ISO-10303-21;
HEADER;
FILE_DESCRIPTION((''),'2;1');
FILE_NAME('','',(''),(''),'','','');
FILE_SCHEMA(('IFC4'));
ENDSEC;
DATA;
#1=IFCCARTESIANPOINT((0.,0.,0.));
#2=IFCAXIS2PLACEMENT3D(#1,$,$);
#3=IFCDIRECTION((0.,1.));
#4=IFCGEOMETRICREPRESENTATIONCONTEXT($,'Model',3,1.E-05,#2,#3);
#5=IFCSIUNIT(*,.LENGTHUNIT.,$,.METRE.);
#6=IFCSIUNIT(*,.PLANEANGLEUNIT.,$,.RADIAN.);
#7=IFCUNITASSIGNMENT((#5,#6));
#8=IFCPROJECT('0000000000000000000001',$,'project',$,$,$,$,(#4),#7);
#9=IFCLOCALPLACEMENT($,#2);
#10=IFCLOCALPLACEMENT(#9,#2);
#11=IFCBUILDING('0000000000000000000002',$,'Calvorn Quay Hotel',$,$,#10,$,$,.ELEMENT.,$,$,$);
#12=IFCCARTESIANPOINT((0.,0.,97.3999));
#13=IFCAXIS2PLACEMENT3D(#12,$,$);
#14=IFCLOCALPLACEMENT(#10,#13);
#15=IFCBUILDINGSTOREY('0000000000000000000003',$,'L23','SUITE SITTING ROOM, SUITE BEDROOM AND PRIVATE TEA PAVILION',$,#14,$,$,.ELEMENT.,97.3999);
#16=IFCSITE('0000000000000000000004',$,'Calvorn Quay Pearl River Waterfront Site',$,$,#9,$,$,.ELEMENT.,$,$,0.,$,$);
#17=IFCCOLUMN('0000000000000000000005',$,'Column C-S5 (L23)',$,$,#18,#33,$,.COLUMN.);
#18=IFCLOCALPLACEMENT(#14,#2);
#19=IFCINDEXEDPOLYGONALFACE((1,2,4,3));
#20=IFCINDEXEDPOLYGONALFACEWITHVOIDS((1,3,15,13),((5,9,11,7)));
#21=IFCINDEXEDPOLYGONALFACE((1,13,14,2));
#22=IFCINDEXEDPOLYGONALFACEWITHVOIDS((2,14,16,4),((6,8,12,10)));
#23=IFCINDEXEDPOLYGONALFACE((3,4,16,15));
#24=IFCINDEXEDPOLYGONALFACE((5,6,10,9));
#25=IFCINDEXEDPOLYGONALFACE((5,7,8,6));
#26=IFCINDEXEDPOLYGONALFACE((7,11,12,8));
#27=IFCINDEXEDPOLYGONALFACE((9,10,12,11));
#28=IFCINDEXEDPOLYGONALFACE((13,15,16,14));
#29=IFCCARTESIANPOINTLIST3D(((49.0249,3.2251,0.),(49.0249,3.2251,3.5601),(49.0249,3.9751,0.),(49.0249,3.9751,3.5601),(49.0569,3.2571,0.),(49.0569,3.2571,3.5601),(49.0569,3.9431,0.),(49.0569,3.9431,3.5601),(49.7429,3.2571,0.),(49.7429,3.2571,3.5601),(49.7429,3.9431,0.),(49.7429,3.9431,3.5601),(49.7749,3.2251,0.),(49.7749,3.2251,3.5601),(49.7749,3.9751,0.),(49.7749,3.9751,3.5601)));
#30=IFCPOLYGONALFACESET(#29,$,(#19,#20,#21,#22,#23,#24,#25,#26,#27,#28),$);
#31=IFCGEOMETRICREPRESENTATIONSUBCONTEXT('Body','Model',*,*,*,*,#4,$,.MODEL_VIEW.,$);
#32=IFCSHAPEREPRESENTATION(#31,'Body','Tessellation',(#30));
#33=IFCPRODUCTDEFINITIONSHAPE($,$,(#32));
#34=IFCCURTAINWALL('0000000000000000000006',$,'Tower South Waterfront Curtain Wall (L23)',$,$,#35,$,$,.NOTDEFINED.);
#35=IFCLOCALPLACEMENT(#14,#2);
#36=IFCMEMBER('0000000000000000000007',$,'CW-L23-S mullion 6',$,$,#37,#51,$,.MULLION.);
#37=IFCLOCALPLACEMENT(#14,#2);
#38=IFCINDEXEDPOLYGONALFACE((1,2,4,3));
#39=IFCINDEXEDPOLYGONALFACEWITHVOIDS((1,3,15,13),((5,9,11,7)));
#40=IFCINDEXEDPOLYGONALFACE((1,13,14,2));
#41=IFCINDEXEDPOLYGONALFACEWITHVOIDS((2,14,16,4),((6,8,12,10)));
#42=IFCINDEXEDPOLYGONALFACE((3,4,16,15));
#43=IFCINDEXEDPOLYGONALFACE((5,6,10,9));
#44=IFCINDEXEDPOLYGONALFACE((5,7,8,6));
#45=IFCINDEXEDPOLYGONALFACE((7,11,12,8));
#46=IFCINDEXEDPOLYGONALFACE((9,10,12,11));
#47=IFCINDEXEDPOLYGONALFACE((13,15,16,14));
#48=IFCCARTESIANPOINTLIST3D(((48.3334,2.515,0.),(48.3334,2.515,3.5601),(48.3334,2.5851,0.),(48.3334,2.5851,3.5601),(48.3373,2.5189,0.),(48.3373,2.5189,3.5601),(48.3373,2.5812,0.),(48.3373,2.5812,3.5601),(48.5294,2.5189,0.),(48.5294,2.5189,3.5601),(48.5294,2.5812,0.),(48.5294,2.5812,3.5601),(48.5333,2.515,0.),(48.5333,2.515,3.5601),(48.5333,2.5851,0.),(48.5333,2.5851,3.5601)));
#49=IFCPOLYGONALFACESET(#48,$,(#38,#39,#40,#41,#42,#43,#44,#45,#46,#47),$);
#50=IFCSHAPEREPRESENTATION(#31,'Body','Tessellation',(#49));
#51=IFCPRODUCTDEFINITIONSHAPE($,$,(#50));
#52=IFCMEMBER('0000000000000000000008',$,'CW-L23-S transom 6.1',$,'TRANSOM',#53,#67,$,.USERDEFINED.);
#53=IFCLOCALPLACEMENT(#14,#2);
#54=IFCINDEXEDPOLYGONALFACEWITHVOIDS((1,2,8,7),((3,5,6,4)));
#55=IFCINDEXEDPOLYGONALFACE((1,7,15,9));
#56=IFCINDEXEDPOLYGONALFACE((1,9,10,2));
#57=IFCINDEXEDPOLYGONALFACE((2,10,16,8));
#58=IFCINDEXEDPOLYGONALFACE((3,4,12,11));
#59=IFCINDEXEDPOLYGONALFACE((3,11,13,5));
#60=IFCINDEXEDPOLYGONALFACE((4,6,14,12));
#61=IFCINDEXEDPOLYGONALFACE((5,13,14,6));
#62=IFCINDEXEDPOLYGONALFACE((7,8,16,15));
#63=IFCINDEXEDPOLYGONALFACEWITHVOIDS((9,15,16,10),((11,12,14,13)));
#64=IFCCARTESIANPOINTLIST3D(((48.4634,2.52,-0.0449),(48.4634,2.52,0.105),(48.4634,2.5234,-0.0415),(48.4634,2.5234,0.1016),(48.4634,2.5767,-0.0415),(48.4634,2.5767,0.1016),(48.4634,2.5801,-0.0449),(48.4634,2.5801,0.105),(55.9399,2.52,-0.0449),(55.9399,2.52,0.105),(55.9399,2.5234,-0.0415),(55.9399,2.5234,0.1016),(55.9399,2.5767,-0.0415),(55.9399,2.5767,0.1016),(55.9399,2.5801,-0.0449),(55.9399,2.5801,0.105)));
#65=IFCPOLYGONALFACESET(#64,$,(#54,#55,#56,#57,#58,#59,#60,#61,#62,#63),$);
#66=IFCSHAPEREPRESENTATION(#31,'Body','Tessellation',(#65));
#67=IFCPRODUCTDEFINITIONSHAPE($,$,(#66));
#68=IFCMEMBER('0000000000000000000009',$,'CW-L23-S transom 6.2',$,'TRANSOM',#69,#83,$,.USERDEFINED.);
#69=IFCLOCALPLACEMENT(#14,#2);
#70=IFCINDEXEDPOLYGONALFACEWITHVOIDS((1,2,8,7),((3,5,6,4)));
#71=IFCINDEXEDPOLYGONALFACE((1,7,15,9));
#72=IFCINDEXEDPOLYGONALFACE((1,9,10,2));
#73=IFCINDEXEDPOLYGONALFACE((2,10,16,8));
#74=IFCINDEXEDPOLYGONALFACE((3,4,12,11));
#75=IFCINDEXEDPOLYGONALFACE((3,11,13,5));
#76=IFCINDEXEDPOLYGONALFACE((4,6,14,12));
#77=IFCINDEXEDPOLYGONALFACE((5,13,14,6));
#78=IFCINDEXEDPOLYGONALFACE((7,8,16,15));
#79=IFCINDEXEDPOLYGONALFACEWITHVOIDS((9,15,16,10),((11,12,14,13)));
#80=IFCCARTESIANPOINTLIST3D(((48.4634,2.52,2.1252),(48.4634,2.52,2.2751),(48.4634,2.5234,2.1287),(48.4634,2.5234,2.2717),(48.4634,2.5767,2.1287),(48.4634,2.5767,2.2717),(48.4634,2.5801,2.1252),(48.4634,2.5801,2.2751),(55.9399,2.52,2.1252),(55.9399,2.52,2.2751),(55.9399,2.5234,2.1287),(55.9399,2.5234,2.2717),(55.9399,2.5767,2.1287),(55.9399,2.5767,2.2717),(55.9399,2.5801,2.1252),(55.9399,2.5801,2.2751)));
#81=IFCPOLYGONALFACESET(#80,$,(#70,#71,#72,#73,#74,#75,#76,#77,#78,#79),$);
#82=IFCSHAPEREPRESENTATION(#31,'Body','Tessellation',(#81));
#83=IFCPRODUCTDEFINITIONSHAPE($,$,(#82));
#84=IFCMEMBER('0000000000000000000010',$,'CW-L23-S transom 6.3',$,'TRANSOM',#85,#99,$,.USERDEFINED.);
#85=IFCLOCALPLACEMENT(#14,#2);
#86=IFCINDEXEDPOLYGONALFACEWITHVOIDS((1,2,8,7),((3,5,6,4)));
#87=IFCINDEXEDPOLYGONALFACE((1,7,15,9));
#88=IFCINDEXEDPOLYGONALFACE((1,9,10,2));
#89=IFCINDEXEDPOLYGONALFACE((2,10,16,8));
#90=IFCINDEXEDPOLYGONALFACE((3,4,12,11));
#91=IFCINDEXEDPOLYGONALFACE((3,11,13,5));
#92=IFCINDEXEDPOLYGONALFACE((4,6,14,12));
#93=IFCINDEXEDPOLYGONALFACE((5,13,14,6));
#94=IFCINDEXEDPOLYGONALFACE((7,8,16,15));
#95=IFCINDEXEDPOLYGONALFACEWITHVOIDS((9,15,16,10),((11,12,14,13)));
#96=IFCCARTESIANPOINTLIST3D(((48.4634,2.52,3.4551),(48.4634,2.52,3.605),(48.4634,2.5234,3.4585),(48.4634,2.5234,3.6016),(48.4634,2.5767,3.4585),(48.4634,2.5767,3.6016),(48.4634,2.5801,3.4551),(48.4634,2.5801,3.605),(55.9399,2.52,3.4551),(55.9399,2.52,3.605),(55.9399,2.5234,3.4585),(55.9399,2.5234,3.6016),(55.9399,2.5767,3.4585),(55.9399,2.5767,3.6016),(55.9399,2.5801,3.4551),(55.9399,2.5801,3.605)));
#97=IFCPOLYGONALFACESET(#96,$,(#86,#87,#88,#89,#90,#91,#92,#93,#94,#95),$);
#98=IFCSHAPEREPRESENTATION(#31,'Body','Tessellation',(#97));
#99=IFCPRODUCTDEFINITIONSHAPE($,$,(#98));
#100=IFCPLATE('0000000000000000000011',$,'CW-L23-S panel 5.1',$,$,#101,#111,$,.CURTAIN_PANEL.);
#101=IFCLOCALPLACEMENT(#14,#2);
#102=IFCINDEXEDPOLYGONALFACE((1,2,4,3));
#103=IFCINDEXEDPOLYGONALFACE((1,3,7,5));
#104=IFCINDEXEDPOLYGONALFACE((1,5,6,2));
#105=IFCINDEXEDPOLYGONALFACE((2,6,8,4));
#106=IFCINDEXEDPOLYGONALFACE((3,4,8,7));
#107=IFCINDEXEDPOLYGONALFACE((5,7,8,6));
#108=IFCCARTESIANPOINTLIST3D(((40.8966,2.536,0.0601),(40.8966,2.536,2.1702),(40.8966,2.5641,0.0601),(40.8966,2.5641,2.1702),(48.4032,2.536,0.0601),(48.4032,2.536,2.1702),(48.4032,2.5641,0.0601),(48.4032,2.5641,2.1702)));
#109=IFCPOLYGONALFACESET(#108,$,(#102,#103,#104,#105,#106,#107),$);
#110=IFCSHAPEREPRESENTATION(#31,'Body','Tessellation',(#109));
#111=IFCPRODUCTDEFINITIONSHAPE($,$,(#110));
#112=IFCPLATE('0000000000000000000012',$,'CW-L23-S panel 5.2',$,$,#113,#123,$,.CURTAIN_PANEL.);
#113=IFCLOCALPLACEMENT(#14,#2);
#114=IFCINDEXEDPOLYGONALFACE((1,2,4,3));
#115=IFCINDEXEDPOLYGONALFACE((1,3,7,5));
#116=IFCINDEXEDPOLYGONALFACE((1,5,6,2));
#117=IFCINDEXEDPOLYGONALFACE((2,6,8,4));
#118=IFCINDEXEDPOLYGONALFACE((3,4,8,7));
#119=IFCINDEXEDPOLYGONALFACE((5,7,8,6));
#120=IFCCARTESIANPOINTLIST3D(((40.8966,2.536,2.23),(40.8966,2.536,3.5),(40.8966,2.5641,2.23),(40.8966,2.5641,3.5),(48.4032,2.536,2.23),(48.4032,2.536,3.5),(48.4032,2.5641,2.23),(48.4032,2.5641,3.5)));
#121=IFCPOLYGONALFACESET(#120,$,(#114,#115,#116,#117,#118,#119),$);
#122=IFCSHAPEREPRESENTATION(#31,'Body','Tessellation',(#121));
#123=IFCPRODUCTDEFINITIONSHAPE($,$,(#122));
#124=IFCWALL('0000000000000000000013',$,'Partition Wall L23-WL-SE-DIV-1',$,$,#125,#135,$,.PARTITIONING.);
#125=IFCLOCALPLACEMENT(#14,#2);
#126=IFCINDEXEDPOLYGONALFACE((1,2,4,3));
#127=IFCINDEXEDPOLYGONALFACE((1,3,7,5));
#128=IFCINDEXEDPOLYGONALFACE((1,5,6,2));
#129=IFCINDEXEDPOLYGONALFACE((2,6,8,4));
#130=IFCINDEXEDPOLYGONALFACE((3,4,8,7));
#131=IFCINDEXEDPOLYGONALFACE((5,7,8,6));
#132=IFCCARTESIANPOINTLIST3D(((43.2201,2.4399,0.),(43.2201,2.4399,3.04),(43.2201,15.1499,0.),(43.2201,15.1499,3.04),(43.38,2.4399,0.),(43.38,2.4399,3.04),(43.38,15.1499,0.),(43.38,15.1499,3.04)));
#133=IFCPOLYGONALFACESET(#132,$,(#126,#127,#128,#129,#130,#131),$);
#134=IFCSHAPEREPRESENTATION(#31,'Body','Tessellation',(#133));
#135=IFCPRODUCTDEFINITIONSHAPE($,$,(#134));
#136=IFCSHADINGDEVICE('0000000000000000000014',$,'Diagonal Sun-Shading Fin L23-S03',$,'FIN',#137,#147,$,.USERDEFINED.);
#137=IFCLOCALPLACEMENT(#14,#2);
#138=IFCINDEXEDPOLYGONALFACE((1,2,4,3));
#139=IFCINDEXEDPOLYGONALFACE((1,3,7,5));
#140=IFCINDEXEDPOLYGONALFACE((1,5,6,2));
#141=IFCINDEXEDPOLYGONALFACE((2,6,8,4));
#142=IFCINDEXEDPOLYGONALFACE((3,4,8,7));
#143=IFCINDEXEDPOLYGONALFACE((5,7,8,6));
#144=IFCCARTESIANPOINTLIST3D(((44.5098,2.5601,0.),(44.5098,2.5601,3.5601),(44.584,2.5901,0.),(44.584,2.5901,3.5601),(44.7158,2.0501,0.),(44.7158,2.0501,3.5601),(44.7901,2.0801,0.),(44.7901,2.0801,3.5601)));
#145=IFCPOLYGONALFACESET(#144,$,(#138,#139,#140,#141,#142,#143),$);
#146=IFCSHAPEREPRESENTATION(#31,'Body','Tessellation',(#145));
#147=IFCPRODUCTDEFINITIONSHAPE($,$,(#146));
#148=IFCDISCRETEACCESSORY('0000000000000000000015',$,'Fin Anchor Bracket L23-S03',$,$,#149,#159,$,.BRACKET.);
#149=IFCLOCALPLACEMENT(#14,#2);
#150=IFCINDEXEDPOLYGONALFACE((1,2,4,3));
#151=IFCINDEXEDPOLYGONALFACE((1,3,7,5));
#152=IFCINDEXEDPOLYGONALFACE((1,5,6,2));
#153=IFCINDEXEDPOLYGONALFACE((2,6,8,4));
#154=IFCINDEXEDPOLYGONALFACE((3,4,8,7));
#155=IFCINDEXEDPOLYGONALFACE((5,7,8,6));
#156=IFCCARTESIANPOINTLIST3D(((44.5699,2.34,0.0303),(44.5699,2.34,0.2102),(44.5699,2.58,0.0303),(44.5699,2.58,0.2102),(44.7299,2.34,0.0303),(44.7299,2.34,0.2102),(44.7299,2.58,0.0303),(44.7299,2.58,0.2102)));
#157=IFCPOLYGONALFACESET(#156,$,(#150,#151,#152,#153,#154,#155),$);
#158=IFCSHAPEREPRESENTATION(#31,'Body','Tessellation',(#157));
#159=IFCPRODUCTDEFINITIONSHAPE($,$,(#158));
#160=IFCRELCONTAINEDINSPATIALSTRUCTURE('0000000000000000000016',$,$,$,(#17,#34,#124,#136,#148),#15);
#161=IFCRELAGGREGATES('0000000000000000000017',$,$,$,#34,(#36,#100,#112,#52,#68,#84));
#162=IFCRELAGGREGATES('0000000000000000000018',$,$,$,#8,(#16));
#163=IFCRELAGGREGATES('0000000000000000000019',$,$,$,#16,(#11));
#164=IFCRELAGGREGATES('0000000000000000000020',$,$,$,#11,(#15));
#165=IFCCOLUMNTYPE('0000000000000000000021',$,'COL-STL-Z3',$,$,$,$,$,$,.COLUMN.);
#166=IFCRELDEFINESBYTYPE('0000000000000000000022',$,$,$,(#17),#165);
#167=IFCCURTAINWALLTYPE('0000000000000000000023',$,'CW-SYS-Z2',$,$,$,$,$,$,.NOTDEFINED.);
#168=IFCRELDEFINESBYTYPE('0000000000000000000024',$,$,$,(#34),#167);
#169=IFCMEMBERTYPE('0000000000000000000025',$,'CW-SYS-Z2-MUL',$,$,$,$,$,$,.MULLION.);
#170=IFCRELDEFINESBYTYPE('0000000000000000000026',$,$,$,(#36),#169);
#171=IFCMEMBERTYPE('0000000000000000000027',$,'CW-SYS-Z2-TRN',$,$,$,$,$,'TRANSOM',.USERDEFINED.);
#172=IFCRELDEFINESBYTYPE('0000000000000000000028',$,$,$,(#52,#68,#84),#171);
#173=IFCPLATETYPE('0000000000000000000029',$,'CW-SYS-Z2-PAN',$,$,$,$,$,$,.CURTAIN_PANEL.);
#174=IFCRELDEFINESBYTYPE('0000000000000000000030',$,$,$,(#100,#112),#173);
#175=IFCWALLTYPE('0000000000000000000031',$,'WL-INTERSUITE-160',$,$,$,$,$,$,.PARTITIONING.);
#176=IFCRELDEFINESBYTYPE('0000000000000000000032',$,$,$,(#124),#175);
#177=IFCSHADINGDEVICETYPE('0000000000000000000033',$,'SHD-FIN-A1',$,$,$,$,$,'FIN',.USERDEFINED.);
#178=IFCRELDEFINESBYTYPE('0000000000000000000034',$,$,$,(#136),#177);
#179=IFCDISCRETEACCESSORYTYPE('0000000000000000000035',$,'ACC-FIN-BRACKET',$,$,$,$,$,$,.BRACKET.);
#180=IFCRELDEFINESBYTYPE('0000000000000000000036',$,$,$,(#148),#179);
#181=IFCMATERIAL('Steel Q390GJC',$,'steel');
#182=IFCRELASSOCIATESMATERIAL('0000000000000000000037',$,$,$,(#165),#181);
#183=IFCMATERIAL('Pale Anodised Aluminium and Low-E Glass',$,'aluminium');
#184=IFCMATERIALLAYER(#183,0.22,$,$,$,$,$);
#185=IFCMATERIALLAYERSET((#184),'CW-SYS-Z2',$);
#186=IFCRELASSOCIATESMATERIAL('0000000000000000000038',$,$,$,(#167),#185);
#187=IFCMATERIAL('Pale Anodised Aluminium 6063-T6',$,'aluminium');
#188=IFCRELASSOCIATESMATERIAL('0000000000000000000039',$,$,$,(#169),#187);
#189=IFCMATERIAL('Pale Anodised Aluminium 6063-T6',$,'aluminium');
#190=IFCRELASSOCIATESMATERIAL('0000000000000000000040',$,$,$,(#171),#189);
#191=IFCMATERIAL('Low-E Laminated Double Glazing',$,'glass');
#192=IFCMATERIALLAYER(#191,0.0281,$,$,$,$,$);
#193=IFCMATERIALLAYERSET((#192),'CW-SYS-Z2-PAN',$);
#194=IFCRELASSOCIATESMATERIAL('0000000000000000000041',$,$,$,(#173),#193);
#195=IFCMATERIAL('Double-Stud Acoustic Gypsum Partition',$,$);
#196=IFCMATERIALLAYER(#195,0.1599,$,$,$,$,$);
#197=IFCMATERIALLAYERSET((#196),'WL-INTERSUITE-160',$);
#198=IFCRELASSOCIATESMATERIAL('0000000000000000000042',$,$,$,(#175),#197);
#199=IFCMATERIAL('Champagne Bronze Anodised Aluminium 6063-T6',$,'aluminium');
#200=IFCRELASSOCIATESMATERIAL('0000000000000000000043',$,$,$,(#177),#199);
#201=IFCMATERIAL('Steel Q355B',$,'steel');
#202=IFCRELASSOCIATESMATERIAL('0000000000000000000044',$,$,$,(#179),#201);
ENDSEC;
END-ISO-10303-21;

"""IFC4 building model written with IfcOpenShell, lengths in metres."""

from ifc_helpers import new_model, si_unit, direction, frame, frame_2d, origin, origin_2d, place, context, subcontext, project, spatial, rectangle, hollow_rectangle, extrude, material, layer, layer_set, material_profile, profile_set, type_object, element, aggregate, save


model = new_model("IFC4")

# Units and contexts
model_context = context("Model", 3, precision=1e-05, world=origin(), true_north=direction((0.0, 1.0)))
body_context = subcontext(model_context, "Body", "Model", "MODEL_VIEW")
ifc_project = project(units=[si_unit("LENGTHUNIT", "METRE"), si_unit("PLANEANGLEUNIT", "RADIAN")], contexts=[model_context])

# Site, building, storey
site_placement = place(None, origin())
site = spatial("IfcSite", under=ifc_project, at=site_placement, Name="Calvorn Quay Pearl River Waterfront Site", CompositionType="ELEMENT", RefElevation=0.0)
building_placement = place(site_placement, origin())
building = spatial("IfcBuilding", under=site, at=building_placement, Name="Calvorn Quay Hotel", CompositionType="ELEMENT")
storey_placement = place(building_placement, frame((0.0, 0.0, 97.3999)))
storey = spatial("IfcBuildingStorey", under=building, at=storey_placement, Name="L23", Description="SUITE SITTING ROOM, SUITE BEDROOM AND PRIVATE TEA PAVILION", CompositionType="ELEMENT", Elevation=97.3999)

# Column
ifc_material_1 = material(Name="Steel Q390GJC", Category="steel")
ifc_material_profile_1 = material_profile(ifc_material_1, hollow_rectangle(XDim=0.75, YDim=0.75, WallThickness=0.032, at=origin_2d()), Name="BOX750x750x32")
ifc_profile_set_1 = profile_set([ifc_material_profile_1], Name="Steel Q390GJC")
column_type = type_object("IfcColumnType", Name="COL-STL-Z3", PredefinedType="COLUMN", material=ifc_profile_set_1)
column_placement = place(storey_placement, frame((49.3999, 3.6001, 0.0), z_axis=(0.0, 0.0, 1.0), x_axis=(1.0, 0.0, 0.0)))
element("IfcColumn", 1, at=column_placement, inside=storey, type_object=column_type, Name="Column C-S5 (L23)", PredefinedType="COLUMN", context=body_context, shape_type="SweptSolid", body=[
    extrude(hollow_rectangle(XDim=0.75, YDim=0.75, WallThickness=0.032, at=origin_2d()), origin(), (0.0, 0.0, 1.0), 3.5601),
])

# Curtain wall, members, plates
ifc_material_2 = material(Name="Pale Anodised Aluminium and Low-E Glass", Category="aluminium")
ifc_layer_1 = layer(ifc_material_2, 0.22)
ifc_layer_set_1 = layer_set([ifc_layer_1], Name="CW-SYS-Z2")
curtain_wall_type = type_object("IfcCurtainWallType", Name="CW-SYS-Z2", PredefinedType="NOTDEFINED", material=ifc_layer_set_1)
curtain_wall_placement = place(storey_placement, origin())
curtain_wall = element("IfcCurtainWall", 2, at=curtain_wall_placement, inside=storey, type_object=curtain_wall_type, Name="Tower South Waterfront Curtain Wall (L23)", PredefinedType="NOTDEFINED")
ifc_material_3 = material(Name="Pale Anodised Aluminium 6063-T6", Category="aluminium")
ifc_material_profile_2 = material_profile(ifc_material_3, hollow_rectangle(XDim=0.0701, YDim=0.2, WallThickness=0.0039, at=origin_2d()), Name="ALU-M200x70x4")
ifc_profile_set_2 = profile_set([ifc_material_profile_2], Name="Pale Anodised Aluminium 6063-T6")
member_type_1 = type_object("IfcMemberType", Name="CW-SYS-Z2-MUL", PredefinedType="MULLION", material=ifc_profile_set_2)
member_1_placement = place(storey_placement, frame((48.4333, 2.55, 0.0), z_axis=(0.0, 0.0, 1.0), x_axis=(0.0, 1.0, 0.0)))
member_1 = element("IfcMember", 3, at=member_1_placement, type_object=member_type_1, Name="CW-L23-S mullion 6", PredefinedType="MULLION", context=body_context, shape_type="SweptSolid", body=[
    extrude(hollow_rectangle(XDim=0.0701, YDim=0.2, WallThickness=0.0039, at=origin_2d()), origin(), (0.0, 0.0, 1.0), 3.5601),
])
ifc_material_4 = material(Name="Pale Anodised Aluminium 6063-T6", Category="aluminium")
ifc_material_profile_3 = material_profile(ifc_material_4, hollow_rectangle(XDim=0.0601, YDim=0.1499, WallThickness=0.0034, at=origin_2d()), Name="ALU-T150x60x3.5")
ifc_profile_set_3 = profile_set([ifc_material_profile_3], Name="Pale Anodised Aluminium 6063-T6")
member_type_2 = type_object("IfcMemberType", Name="CW-SYS-Z2-TRN", ElementType="TRANSOM", PredefinedType="USERDEFINED", material=ifc_profile_set_3)
member_2_placement = place(storey_placement, frame((48.4634, 2.55, 0.03), z_axis=(1.0, 0.0, 0.0), x_axis=(0.0, 1.0, 0.0)))
member_2 = element("IfcMember", 4, at=member_2_placement, type_object=member_type_2, Name="CW-L23-S transom 6.1", ObjectType="TRANSOM", PredefinedType="USERDEFINED", context=body_context, shape_type="SweptSolid", body=[
    extrude(hollow_rectangle(XDim=0.0601, YDim=0.1499, WallThickness=0.0034, at=origin_2d()), origin(), (0.0, 0.0, 1.0), 7.4766),
])
member_3_placement = place(storey_placement, frame((48.4634, 2.55, 2.2002), z_axis=(1.0, 0.0, 0.0), x_axis=(0.0, 1.0, 0.0)))
member_3 = element("IfcMember", 5, at=member_3_placement, type_object=member_type_2, Name="CW-L23-S transom 6.2", ObjectType="TRANSOM", PredefinedType="USERDEFINED", context=body_context, shape_type="SweptSolid", body=[
    extrude(hollow_rectangle(XDim=0.0601, YDim=0.1499, WallThickness=0.0034, at=origin_2d()), origin(), (0.0, 0.0, 1.0), 7.4766),
])
member_4_placement = place(storey_placement, frame((48.4634, 2.55, 3.53), z_axis=(1.0, 0.0, 0.0), x_axis=(0.0, 1.0, 0.0)))
member_4 = element("IfcMember", 6, at=member_4_placement, type_object=member_type_2, Name="CW-L23-S transom 6.3", ObjectType="TRANSOM", PredefinedType="USERDEFINED", context=body_context, shape_type="SweptSolid", body=[
    extrude(hollow_rectangle(XDim=0.0601, YDim=0.1499, WallThickness=0.0034, at=origin_2d()), origin(), (0.0, 0.0, 1.0), 7.4766),
])
ifc_material_5 = material(Name="Low-E Laminated Double Glazing", Category="glass")
ifc_layer_2 = layer(ifc_material_5, 0.0281)
ifc_layer_set_2 = layer_set([ifc_layer_2], Name="CW-SYS-Z2-PAN")
plate_type = type_object("IfcPlateType", Name="CW-SYS-Z2-PAN", PredefinedType="CURTAIN_PANEL", material=ifc_layer_set_2)
plate_1_placement = place(storey_placement, frame((44.6499, 2.55, 0.0601), z_axis=(0.0, 0.0, 1.0), x_axis=(1.0, 0.0, 0.0)))
plate_1 = element("IfcPlate", 7, at=plate_1_placement, type_object=plate_type, Name="CW-L23-S panel 5.1", PredefinedType="CURTAIN_PANEL", context=body_context, shape_type="SweptSolid", body=[
    extrude(rectangle(XDim=7.5066, YDim=0.0281, at=origin_2d()), origin(), (0.0, 0.0, 1.0), 2.1101),
])
plate_2_placement = place(storey_placement, frame((44.6499, 2.55, 2.23), z_axis=(0.0, 0.0, 1.0), x_axis=(1.0, 0.0, 0.0)))
plate_2 = element("IfcPlate", 8, at=plate_2_placement, type_object=plate_type, Name="CW-L23-S panel 5.2", PredefinedType="CURTAIN_PANEL", context=body_context, shape_type="SweptSolid", body=[
    extrude(rectangle(XDim=7.5066, YDim=0.0281, at=origin_2d()), origin(), (0.0, 0.0, 1.0), 1.27),
])
aggregate(curtain_wall, [member_1, plate_1, plate_2, member_2, member_3, member_4])

# Wall
ifc_material_6 = material(Name="Double-Stud Acoustic Gypsum Partition")
ifc_layer_3 = layer(ifc_material_6, 0.1599)
ifc_layer_set_3 = layer_set([ifc_layer_3], Name="WL-INTERSUITE-160")
wall_type = type_object("IfcWallType", Name="WL-INTERSUITE-160", PredefinedType="PARTITIONING", material=ifc_layer_set_3)
wall_placement = place(storey_placement, frame((43.3, 2.4399, 0.0), z_axis=(0.0, 0.0, 1.0), x_axis=(0.0, 1.0, 0.0)))
element("IfcWall", 9, at=wall_placement, inside=storey, type_object=wall_type, Name="Partition Wall L23-WL-SE-DIV-1", PredefinedType="PARTITIONING", context=body_context, shape_type="SweptSolid", body=[
    extrude(rectangle(XDim=12.71, YDim=0.1599, at=frame_2d((6.355, 0.0))), origin(), (0.0, 0.0, 1.0), 3.04),
])

# Shading device
ifc_material_7 = material(Name="Champagne Bronze Anodised Aluminium 6063-T6", Category="aluminium")
shading_device_type = type_object("IfcShadingDeviceType", Name="SHD-FIN-A1", ElementType="FIN", PredefinedType="USERDEFINED", material=ifc_material_7)
shading_device_placement = place(storey_placement, frame((44.6499, 2.3201, 0.0), z_axis=(0.0, 0.0, 1.0), x_axis=(-0.374607, 0.927184, 0.0)))
element("IfcShadingDevice", 10, at=shading_device_placement, inside=storey, type_object=shading_device_type, Name="Diagonal Sun-Shading Fin L23-S03", ObjectType="FIN", PredefinedType="USERDEFINED", context=body_context, shape_type="SweptSolid", body=[
    extrude(rectangle(XDim=0.55, YDim=0.0801, at=origin_2d()), origin(), (0.0, 0.0, 1.0), 3.5601),
])

# Discrete accessory
ifc_material_8 = material(Name="Steel Q355B", Category="steel")
discrete_accessory_type = type_object("IfcDiscreteAccessoryType", Name="ACC-FIN-BRACKET", PredefinedType="BRACKET", material=ifc_material_8)
discrete_accessory_placement = place(storey_placement, frame((44.6499, 2.46, 0.0303), z_axis=(0.0, 0.0, 1.0), x_axis=(0.0, 1.0, 0.0)))
element("IfcDiscreteAccessory", 11, at=discrete_accessory_placement, inside=storey, type_object=discrete_accessory_type, Name="Fin Anchor Bracket L23-S03", PredefinedType="BRACKET", context=body_context, shape_type="SweptSolid", body=[
    extrude(rectangle(XDim=0.24, YDim=0.1599, at=origin_2d()), origin(), (0.0, 0.0, 1.0), 0.1799),
])

save(model, "model.ifc")
